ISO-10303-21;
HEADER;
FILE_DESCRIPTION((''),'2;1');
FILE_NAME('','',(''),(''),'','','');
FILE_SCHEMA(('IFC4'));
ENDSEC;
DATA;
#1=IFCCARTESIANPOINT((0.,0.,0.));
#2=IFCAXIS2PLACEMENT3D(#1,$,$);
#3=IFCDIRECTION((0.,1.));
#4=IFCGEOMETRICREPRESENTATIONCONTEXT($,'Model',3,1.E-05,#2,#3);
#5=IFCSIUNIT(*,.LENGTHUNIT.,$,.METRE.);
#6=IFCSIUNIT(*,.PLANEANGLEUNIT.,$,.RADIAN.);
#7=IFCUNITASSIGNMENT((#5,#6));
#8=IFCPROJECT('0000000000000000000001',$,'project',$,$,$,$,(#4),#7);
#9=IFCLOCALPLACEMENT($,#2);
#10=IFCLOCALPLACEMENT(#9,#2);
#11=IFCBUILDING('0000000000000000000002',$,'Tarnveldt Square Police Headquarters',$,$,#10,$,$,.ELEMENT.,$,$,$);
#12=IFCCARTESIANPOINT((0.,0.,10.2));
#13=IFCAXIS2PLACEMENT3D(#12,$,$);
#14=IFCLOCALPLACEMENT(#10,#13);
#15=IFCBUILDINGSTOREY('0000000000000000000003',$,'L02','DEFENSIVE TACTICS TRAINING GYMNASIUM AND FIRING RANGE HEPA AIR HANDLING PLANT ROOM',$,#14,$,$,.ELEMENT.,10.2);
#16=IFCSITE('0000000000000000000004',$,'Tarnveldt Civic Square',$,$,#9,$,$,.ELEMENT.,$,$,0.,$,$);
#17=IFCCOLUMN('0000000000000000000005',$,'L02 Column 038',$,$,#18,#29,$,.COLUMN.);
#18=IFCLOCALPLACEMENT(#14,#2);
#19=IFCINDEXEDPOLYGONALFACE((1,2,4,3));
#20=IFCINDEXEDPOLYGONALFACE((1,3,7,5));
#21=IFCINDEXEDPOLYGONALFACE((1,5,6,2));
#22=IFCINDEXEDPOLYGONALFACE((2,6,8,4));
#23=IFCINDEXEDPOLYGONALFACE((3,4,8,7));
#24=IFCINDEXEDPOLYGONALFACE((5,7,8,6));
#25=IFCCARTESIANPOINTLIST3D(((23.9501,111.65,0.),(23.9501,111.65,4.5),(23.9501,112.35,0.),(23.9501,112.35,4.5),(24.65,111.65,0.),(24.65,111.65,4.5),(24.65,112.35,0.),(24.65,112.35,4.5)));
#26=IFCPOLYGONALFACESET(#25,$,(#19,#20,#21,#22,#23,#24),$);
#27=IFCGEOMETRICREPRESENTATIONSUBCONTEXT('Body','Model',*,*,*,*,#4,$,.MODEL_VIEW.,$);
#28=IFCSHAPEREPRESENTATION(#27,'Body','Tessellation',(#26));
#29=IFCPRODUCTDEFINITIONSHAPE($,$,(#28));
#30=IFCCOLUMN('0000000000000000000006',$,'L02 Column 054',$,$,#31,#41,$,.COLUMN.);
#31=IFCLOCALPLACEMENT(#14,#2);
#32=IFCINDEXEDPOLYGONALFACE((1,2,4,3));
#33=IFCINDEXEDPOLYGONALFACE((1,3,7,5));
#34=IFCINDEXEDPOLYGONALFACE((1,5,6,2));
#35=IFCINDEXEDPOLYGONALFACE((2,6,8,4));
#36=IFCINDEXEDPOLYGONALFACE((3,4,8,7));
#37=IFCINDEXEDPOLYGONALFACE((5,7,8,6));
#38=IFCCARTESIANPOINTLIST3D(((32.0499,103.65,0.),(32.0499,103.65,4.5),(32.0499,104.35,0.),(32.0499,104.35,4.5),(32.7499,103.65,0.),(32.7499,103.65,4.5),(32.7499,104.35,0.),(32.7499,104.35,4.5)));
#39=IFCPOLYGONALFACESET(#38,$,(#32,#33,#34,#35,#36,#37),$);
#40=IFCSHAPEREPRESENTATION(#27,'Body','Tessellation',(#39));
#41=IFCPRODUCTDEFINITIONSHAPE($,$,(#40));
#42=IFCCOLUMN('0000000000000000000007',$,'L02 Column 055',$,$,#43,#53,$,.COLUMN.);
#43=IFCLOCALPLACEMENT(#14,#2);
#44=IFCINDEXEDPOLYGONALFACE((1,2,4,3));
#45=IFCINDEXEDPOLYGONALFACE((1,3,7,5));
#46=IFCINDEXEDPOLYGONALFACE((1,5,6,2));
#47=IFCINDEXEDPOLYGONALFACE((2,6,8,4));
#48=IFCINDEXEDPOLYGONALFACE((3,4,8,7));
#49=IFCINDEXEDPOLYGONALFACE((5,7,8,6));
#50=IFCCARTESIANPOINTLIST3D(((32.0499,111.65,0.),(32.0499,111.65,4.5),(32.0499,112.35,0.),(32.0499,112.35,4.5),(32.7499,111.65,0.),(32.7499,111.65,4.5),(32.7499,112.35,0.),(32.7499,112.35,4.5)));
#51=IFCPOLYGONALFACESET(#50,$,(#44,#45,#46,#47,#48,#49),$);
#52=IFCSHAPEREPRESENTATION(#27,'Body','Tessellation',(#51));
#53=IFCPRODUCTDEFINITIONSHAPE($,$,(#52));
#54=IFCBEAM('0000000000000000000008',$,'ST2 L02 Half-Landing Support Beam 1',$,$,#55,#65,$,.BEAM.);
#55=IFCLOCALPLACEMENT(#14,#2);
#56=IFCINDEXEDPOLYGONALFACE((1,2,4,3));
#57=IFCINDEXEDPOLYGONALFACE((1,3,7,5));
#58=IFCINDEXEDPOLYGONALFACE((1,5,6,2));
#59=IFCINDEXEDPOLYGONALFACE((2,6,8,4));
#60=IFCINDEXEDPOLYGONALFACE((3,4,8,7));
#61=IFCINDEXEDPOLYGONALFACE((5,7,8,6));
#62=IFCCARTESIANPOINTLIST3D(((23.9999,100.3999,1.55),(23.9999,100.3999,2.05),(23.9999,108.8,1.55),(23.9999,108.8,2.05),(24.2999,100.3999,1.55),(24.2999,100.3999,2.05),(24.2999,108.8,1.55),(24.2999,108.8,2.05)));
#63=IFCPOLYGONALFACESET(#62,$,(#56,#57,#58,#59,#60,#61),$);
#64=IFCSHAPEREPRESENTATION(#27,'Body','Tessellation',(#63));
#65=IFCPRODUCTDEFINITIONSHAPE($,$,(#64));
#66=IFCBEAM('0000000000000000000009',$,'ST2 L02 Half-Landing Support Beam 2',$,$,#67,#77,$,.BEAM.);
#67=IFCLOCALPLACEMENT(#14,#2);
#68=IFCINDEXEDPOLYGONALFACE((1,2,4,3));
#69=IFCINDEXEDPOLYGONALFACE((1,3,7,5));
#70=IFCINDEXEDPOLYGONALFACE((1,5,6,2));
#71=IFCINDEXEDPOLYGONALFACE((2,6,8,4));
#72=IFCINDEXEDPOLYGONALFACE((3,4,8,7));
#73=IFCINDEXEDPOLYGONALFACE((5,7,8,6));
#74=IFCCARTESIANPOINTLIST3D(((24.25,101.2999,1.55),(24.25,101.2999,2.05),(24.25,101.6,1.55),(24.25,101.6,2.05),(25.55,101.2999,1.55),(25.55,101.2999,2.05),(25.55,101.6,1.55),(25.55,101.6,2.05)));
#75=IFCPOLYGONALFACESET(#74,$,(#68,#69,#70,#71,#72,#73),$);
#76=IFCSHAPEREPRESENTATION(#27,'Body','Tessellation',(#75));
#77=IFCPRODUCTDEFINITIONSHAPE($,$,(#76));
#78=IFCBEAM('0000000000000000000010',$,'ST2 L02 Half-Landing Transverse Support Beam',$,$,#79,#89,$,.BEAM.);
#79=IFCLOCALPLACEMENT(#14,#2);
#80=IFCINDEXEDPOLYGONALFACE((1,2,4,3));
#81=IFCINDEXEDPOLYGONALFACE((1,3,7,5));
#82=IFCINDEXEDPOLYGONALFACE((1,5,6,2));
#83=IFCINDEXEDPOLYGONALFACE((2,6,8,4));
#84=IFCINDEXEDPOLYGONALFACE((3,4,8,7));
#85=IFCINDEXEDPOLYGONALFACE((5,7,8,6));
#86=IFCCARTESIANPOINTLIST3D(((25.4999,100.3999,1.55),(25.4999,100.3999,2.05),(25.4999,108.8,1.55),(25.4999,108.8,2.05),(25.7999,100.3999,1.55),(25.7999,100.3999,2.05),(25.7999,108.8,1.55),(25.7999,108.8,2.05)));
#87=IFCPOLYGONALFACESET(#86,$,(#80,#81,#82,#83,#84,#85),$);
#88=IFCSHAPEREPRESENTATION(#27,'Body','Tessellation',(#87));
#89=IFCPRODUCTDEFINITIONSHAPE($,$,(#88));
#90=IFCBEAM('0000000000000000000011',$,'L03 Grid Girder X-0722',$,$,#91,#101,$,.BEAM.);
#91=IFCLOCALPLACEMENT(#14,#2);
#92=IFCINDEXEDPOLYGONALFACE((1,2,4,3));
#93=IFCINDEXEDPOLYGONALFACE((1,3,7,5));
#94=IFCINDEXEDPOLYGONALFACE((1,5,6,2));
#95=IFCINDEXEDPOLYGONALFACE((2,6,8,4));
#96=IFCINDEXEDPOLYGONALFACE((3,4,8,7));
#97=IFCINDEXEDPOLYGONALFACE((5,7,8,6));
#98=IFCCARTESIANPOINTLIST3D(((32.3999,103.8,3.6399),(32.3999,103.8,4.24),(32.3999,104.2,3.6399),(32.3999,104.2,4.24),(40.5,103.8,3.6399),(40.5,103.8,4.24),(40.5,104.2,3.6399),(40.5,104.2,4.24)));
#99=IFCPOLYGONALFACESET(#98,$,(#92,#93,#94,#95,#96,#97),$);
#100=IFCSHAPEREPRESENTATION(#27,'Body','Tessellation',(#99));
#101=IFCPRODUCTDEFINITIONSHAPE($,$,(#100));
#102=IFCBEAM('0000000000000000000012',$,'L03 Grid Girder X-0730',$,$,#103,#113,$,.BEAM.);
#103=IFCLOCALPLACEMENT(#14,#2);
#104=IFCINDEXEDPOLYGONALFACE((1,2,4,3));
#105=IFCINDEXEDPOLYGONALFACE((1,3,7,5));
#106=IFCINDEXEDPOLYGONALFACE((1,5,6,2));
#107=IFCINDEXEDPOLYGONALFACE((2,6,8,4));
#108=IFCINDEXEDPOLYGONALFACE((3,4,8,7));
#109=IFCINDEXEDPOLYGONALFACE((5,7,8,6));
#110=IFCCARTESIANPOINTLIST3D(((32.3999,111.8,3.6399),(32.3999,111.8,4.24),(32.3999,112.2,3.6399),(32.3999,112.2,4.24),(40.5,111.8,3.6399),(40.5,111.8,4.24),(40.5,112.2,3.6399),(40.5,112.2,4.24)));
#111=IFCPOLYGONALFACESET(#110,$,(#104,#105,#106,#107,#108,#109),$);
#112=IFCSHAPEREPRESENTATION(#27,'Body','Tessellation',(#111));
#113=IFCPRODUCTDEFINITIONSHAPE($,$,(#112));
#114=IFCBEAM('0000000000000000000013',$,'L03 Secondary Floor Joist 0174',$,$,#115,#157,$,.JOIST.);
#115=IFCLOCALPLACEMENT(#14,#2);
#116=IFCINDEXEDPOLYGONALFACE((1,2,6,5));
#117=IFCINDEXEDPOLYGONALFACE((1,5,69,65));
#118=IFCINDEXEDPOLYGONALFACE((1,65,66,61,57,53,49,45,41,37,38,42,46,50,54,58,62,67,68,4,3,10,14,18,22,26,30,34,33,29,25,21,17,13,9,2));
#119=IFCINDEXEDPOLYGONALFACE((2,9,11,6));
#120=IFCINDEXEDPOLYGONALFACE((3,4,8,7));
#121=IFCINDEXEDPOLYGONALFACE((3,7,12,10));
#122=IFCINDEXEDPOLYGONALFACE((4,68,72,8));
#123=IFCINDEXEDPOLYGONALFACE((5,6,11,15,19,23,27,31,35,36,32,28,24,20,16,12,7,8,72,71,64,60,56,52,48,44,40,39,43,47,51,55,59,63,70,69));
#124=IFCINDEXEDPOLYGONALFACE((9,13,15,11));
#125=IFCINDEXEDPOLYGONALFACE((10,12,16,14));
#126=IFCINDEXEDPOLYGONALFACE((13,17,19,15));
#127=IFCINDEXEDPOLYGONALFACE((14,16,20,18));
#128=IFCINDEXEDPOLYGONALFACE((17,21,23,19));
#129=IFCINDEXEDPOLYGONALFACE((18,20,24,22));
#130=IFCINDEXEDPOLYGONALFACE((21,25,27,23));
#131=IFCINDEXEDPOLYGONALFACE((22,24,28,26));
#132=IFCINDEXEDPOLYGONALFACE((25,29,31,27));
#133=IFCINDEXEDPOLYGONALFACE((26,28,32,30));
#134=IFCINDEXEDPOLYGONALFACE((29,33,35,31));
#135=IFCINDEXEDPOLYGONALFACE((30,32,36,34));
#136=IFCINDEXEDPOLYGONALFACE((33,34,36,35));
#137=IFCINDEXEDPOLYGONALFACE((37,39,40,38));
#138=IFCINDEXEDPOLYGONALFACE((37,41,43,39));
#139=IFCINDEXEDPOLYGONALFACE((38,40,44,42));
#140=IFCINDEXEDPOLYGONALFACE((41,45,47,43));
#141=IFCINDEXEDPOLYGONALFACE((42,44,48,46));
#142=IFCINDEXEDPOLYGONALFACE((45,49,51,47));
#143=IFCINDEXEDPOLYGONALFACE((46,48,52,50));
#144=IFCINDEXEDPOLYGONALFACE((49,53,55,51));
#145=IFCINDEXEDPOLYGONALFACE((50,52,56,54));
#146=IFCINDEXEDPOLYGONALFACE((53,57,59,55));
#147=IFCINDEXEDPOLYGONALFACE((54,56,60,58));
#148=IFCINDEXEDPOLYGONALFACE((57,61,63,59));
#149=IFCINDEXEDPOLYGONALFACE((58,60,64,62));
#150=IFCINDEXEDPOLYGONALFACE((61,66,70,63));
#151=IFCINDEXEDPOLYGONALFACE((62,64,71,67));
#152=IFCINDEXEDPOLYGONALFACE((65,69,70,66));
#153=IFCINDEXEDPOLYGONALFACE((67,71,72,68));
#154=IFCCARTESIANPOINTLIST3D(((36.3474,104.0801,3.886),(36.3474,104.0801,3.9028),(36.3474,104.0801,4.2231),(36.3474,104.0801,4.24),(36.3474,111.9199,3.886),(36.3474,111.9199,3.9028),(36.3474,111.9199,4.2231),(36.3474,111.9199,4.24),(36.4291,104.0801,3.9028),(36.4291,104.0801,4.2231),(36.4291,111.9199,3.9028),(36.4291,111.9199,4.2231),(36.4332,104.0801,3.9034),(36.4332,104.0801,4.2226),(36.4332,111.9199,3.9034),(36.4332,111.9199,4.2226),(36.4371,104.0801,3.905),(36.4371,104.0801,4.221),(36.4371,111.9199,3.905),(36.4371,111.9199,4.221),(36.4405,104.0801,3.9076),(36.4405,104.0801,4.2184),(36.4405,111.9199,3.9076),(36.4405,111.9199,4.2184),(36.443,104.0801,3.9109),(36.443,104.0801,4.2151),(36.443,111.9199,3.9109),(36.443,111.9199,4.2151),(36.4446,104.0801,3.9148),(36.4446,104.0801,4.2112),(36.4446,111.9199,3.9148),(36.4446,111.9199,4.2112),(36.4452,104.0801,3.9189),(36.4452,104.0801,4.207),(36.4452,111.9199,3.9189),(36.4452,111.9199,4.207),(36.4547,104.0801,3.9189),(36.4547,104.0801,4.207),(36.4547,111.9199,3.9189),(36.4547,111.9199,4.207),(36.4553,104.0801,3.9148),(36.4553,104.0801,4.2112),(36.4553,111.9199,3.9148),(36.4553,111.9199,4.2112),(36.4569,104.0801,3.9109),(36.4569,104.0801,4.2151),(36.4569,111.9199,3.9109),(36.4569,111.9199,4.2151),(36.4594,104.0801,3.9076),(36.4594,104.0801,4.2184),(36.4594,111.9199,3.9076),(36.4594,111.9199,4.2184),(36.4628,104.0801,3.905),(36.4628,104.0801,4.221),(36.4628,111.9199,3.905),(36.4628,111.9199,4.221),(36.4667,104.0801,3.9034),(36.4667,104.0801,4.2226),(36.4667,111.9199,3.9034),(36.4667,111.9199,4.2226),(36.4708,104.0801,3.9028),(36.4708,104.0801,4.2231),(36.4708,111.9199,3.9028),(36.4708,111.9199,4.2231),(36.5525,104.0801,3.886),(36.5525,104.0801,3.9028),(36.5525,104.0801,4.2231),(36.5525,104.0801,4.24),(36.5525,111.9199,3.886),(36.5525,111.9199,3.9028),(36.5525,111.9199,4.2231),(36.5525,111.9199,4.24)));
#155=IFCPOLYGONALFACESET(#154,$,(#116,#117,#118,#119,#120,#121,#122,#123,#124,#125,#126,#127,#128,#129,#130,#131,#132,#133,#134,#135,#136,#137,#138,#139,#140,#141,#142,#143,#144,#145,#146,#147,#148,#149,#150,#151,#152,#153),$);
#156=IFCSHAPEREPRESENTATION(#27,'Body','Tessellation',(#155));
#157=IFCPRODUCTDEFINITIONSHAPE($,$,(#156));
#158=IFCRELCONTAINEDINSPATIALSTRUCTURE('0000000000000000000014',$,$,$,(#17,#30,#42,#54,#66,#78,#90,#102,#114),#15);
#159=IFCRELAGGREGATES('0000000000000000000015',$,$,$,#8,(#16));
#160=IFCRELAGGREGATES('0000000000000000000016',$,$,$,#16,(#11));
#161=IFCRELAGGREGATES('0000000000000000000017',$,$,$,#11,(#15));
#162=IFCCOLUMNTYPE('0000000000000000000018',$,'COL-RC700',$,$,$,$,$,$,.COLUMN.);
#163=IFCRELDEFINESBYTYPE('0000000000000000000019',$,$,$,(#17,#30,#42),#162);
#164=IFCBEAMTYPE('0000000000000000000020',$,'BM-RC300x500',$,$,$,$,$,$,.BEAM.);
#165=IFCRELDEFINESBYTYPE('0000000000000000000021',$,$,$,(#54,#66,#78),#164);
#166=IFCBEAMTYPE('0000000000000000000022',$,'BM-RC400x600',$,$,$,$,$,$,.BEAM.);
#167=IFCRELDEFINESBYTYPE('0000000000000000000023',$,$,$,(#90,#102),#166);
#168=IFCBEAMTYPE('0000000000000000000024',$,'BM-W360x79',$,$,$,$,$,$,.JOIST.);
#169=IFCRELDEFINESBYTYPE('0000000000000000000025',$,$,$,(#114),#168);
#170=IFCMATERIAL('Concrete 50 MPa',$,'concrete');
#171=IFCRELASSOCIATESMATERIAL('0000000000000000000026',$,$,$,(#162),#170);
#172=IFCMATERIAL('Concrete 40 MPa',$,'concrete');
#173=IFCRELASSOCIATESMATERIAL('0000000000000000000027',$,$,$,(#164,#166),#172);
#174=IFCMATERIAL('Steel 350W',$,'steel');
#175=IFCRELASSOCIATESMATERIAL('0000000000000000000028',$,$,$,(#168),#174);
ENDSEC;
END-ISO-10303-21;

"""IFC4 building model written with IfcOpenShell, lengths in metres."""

from ifc_helpers import new_model, si_unit, direction, frame, origin, origin_2d, place, context, subcontext, project, spatial, rectangle, i_section, extrude, material, material_profile, profile_set, type_object, element, save


model = new_model("IFC4")

# Units and contexts
model_context = context("Model", 3, precision=1e-05, world=origin(), true_north=direction((0.0, 1.0)))
body_context = subcontext(model_context, "Body", "Model", "MODEL_VIEW")
ifc_project = project(units=[si_unit("LENGTHUNIT", "METRE"), si_unit("PLANEANGLEUNIT", "RADIAN")], contexts=[model_context])

# Site, building, storey
site_placement = place(None, origin())
site = spatial("IfcSite", under=ifc_project, at=site_placement, Name="Tarnveldt Civic Square", CompositionType="ELEMENT", RefElevation=0.0)
building_placement = place(site_placement, origin())
building = spatial("IfcBuilding", under=site, at=building_placement, Name="Tarnveldt Square Police Headquarters", CompositionType="ELEMENT")
storey_placement = place(building_placement, frame((0.0, 0.0, 10.2)))
storey = spatial("IfcBuildingStorey", under=building, at=storey_placement, Name="L02", Description="DEFENSIVE TACTICS TRAINING GYMNASIUM AND FIRING RANGE HEPA AIR HANDLING PLANT ROOM", CompositionType="ELEMENT", Elevation=10.2)

# Columns
ifc_material_1 = material(Name="Concrete 50 MPa", Category="concrete")
ifc_material_profile_1 = material_profile(ifc_material_1, rectangle(XDim=0.7, YDim=0.7, at=origin_2d()), Name="RC-C700x700")
ifc_profile_set_1 = profile_set([ifc_material_profile_1], Name="Concrete 50 MPa")
column_type = type_object("IfcColumnType", Name="COL-RC700", PredefinedType="COLUMN", material=ifc_profile_set_1)
for number, where, z_axis, x_axis, name in (
    (1, (24.3, 112.0, 0.0), (0.0, 0.0, 1.0), (1.0, 0.0, 0.0), "L02 Column 038"),
    (2, (32.3999, 104.0, 0.0), (0.0, 0.0, 1.0), (1.0, 0.0, 0.0), "L02 Column 054"),
    (3, (32.3999, 112.0, 0.0), (0.0, 0.0, 1.0), (1.0, 0.0, 0.0), "L02 Column 055"),
):
    element("IfcColumn", number, at=place(storey_placement, frame(where, z_axis=z_axis, x_axis=x_axis)), inside=storey, type_object=column_type, Name=name, PredefinedType="COLUMN", context=body_context, shape_type="SweptSolid", body=[
        extrude(rectangle(XDim=0.7, YDim=0.7, at=origin_2d()), origin(), (0.0, 0.0, 1.0), 4.5),
    ])

# Beams
ifc_material_2 = material(Name="Concrete 40 MPa", Category="concrete")
ifc_material_profile_2 = material_profile(ifc_material_2, rectangle(XDim=0.3, YDim=0.5, at=origin_2d()), Name="RC-B300x500")
ifc_profile_set_2 = profile_set([ifc_material_profile_2], Name="Concrete 40 MPa")
beam_type_1 = type_object("IfcBeamType", Name="BM-RC300x500", PredefinedType="BEAM", material=ifc_profile_set_2)
beam_1_placement = place(storey_placement, frame((24.1499, 100.3999, 1.8), z_axis=(0.0, 1.0, 0.0), x_axis=(-1.0, 0.0, 0.0)))
element("IfcBeam", 4, at=beam_1_placement, inside=storey, type_object=beam_type_1, Name="ST2 L02 Half-Landing Support Beam 1", PredefinedType="BEAM", context=body_context, shape_type="SweptSolid", body=[
    extrude(rectangle(XDim=0.3, YDim=0.5, at=origin_2d()), origin(), (0.0, 0.0, 1.0), 8.4001),
])
beam_2_placement = place(storey_placement, frame((24.25, 101.45, 1.8), z_axis=(1.0, 0.0, 0.0), x_axis=(0.0, 1.0, 0.0)))
element("IfcBeam", 5, at=beam_2_placement, inside=storey, type_object=beam_type_1, Name="ST2 L02 Half-Landing Support Beam 2", PredefinedType="BEAM", context=body_context, shape_type="SweptSolid", body=[
    extrude(rectangle(XDim=0.3, YDim=0.5, at=origin_2d()), origin(), (0.0, 0.0, 1.0), 1.3),
])
beam_3_placement = place(storey_placement, frame((25.6499, 100.3999, 1.8), z_axis=(0.0, 1.0, 0.0), x_axis=(-1.0, 0.0, 0.0)))
element("IfcBeam", 6, at=beam_3_placement, inside=storey, type_object=beam_type_1, Name="ST2 L02 Half-Landing Transverse Support Beam", PredefinedType="BEAM", context=body_context, shape_type="SweptSolid", body=[
    extrude(rectangle(XDim=0.3, YDim=0.5, at=origin_2d()), origin(), (0.0, 0.0, 1.0), 8.4001),
])
ifc_material_profile_3 = material_profile(ifc_material_2, rectangle(XDim=0.3999, YDim=0.6001, at=origin_2d()), Name="RC-B400x600")
ifc_profile_set_3 = profile_set([ifc_material_profile_3], Name="Concrete 40 MPa")
beam_type_2 = type_object("IfcBeamType", Name="BM-RC400x600", PredefinedType="BEAM", material=ifc_profile_set_3)
for number, where, z_axis, x_axis, name in (
    (7, (32.3999, 104.0, 3.9399), (1.0, 0.0, 0.0), (0.0, 1.0, 0.0), "L03 Grid Girder X-0722"),
    (8, (32.3999, 112.0, 3.9399), (1.0, 0.0, 0.0), (0.0, 1.0, 0.0), "L03 Grid Girder X-0730"),
):
    element("IfcBeam", number, at=place(storey_placement, frame(where, z_axis=z_axis, x_axis=x_axis)), inside=storey, type_object=beam_type_2, Name=name, PredefinedType="BEAM", context=body_context, shape_type="SweptSolid", body=[
        extrude(rectangle(XDim=0.3999, YDim=0.6001, at=origin_2d()), origin(), (0.0, 0.0, 1.0), 8.1001),
    ])
ifc_material_3 = material(Name="Steel 350W", Category="steel")
ifc_material_profile_4 = material_profile(ifc_material_3, i_section(OverallWidth=0.2051, OverallDepth=0.354, WebThickness=0.0095, FlangeThickness=0.0168, FilletRadius=0.0161, at=origin_2d()), Name="W360x79")
ifc_profile_set_4 = profile_set([ifc_material_profile_4], Name="Steel 350W")
beam_type_3 = type_object("IfcBeamType", Name="BM-W360x79", PredefinedType="JOIST", material=ifc_profile_set_4)
beam_4_placement = place(storey_placement, frame((36.45, 104.0801, 4.063), z_axis=(0.0, 1.0, 0.0), x_axis=(-1.0, 0.0, 0.0)))
element("IfcBeam", 9, at=beam_4_placement, inside=storey, type_object=beam_type_3, Name="L03 Secondary Floor Joist 0174", PredefinedType="JOIST", context=body_context, shape_type="SweptSolid", body=[
    extrude(i_section(OverallWidth=0.2051, OverallDepth=0.354, WebThickness=0.0095, FlangeThickness=0.0168, FilletRadius=0.0161, at=origin_2d()), origin(), (0.0, 0.0, 1.0), 7.8398),
])

save(model, "model.ifc")
